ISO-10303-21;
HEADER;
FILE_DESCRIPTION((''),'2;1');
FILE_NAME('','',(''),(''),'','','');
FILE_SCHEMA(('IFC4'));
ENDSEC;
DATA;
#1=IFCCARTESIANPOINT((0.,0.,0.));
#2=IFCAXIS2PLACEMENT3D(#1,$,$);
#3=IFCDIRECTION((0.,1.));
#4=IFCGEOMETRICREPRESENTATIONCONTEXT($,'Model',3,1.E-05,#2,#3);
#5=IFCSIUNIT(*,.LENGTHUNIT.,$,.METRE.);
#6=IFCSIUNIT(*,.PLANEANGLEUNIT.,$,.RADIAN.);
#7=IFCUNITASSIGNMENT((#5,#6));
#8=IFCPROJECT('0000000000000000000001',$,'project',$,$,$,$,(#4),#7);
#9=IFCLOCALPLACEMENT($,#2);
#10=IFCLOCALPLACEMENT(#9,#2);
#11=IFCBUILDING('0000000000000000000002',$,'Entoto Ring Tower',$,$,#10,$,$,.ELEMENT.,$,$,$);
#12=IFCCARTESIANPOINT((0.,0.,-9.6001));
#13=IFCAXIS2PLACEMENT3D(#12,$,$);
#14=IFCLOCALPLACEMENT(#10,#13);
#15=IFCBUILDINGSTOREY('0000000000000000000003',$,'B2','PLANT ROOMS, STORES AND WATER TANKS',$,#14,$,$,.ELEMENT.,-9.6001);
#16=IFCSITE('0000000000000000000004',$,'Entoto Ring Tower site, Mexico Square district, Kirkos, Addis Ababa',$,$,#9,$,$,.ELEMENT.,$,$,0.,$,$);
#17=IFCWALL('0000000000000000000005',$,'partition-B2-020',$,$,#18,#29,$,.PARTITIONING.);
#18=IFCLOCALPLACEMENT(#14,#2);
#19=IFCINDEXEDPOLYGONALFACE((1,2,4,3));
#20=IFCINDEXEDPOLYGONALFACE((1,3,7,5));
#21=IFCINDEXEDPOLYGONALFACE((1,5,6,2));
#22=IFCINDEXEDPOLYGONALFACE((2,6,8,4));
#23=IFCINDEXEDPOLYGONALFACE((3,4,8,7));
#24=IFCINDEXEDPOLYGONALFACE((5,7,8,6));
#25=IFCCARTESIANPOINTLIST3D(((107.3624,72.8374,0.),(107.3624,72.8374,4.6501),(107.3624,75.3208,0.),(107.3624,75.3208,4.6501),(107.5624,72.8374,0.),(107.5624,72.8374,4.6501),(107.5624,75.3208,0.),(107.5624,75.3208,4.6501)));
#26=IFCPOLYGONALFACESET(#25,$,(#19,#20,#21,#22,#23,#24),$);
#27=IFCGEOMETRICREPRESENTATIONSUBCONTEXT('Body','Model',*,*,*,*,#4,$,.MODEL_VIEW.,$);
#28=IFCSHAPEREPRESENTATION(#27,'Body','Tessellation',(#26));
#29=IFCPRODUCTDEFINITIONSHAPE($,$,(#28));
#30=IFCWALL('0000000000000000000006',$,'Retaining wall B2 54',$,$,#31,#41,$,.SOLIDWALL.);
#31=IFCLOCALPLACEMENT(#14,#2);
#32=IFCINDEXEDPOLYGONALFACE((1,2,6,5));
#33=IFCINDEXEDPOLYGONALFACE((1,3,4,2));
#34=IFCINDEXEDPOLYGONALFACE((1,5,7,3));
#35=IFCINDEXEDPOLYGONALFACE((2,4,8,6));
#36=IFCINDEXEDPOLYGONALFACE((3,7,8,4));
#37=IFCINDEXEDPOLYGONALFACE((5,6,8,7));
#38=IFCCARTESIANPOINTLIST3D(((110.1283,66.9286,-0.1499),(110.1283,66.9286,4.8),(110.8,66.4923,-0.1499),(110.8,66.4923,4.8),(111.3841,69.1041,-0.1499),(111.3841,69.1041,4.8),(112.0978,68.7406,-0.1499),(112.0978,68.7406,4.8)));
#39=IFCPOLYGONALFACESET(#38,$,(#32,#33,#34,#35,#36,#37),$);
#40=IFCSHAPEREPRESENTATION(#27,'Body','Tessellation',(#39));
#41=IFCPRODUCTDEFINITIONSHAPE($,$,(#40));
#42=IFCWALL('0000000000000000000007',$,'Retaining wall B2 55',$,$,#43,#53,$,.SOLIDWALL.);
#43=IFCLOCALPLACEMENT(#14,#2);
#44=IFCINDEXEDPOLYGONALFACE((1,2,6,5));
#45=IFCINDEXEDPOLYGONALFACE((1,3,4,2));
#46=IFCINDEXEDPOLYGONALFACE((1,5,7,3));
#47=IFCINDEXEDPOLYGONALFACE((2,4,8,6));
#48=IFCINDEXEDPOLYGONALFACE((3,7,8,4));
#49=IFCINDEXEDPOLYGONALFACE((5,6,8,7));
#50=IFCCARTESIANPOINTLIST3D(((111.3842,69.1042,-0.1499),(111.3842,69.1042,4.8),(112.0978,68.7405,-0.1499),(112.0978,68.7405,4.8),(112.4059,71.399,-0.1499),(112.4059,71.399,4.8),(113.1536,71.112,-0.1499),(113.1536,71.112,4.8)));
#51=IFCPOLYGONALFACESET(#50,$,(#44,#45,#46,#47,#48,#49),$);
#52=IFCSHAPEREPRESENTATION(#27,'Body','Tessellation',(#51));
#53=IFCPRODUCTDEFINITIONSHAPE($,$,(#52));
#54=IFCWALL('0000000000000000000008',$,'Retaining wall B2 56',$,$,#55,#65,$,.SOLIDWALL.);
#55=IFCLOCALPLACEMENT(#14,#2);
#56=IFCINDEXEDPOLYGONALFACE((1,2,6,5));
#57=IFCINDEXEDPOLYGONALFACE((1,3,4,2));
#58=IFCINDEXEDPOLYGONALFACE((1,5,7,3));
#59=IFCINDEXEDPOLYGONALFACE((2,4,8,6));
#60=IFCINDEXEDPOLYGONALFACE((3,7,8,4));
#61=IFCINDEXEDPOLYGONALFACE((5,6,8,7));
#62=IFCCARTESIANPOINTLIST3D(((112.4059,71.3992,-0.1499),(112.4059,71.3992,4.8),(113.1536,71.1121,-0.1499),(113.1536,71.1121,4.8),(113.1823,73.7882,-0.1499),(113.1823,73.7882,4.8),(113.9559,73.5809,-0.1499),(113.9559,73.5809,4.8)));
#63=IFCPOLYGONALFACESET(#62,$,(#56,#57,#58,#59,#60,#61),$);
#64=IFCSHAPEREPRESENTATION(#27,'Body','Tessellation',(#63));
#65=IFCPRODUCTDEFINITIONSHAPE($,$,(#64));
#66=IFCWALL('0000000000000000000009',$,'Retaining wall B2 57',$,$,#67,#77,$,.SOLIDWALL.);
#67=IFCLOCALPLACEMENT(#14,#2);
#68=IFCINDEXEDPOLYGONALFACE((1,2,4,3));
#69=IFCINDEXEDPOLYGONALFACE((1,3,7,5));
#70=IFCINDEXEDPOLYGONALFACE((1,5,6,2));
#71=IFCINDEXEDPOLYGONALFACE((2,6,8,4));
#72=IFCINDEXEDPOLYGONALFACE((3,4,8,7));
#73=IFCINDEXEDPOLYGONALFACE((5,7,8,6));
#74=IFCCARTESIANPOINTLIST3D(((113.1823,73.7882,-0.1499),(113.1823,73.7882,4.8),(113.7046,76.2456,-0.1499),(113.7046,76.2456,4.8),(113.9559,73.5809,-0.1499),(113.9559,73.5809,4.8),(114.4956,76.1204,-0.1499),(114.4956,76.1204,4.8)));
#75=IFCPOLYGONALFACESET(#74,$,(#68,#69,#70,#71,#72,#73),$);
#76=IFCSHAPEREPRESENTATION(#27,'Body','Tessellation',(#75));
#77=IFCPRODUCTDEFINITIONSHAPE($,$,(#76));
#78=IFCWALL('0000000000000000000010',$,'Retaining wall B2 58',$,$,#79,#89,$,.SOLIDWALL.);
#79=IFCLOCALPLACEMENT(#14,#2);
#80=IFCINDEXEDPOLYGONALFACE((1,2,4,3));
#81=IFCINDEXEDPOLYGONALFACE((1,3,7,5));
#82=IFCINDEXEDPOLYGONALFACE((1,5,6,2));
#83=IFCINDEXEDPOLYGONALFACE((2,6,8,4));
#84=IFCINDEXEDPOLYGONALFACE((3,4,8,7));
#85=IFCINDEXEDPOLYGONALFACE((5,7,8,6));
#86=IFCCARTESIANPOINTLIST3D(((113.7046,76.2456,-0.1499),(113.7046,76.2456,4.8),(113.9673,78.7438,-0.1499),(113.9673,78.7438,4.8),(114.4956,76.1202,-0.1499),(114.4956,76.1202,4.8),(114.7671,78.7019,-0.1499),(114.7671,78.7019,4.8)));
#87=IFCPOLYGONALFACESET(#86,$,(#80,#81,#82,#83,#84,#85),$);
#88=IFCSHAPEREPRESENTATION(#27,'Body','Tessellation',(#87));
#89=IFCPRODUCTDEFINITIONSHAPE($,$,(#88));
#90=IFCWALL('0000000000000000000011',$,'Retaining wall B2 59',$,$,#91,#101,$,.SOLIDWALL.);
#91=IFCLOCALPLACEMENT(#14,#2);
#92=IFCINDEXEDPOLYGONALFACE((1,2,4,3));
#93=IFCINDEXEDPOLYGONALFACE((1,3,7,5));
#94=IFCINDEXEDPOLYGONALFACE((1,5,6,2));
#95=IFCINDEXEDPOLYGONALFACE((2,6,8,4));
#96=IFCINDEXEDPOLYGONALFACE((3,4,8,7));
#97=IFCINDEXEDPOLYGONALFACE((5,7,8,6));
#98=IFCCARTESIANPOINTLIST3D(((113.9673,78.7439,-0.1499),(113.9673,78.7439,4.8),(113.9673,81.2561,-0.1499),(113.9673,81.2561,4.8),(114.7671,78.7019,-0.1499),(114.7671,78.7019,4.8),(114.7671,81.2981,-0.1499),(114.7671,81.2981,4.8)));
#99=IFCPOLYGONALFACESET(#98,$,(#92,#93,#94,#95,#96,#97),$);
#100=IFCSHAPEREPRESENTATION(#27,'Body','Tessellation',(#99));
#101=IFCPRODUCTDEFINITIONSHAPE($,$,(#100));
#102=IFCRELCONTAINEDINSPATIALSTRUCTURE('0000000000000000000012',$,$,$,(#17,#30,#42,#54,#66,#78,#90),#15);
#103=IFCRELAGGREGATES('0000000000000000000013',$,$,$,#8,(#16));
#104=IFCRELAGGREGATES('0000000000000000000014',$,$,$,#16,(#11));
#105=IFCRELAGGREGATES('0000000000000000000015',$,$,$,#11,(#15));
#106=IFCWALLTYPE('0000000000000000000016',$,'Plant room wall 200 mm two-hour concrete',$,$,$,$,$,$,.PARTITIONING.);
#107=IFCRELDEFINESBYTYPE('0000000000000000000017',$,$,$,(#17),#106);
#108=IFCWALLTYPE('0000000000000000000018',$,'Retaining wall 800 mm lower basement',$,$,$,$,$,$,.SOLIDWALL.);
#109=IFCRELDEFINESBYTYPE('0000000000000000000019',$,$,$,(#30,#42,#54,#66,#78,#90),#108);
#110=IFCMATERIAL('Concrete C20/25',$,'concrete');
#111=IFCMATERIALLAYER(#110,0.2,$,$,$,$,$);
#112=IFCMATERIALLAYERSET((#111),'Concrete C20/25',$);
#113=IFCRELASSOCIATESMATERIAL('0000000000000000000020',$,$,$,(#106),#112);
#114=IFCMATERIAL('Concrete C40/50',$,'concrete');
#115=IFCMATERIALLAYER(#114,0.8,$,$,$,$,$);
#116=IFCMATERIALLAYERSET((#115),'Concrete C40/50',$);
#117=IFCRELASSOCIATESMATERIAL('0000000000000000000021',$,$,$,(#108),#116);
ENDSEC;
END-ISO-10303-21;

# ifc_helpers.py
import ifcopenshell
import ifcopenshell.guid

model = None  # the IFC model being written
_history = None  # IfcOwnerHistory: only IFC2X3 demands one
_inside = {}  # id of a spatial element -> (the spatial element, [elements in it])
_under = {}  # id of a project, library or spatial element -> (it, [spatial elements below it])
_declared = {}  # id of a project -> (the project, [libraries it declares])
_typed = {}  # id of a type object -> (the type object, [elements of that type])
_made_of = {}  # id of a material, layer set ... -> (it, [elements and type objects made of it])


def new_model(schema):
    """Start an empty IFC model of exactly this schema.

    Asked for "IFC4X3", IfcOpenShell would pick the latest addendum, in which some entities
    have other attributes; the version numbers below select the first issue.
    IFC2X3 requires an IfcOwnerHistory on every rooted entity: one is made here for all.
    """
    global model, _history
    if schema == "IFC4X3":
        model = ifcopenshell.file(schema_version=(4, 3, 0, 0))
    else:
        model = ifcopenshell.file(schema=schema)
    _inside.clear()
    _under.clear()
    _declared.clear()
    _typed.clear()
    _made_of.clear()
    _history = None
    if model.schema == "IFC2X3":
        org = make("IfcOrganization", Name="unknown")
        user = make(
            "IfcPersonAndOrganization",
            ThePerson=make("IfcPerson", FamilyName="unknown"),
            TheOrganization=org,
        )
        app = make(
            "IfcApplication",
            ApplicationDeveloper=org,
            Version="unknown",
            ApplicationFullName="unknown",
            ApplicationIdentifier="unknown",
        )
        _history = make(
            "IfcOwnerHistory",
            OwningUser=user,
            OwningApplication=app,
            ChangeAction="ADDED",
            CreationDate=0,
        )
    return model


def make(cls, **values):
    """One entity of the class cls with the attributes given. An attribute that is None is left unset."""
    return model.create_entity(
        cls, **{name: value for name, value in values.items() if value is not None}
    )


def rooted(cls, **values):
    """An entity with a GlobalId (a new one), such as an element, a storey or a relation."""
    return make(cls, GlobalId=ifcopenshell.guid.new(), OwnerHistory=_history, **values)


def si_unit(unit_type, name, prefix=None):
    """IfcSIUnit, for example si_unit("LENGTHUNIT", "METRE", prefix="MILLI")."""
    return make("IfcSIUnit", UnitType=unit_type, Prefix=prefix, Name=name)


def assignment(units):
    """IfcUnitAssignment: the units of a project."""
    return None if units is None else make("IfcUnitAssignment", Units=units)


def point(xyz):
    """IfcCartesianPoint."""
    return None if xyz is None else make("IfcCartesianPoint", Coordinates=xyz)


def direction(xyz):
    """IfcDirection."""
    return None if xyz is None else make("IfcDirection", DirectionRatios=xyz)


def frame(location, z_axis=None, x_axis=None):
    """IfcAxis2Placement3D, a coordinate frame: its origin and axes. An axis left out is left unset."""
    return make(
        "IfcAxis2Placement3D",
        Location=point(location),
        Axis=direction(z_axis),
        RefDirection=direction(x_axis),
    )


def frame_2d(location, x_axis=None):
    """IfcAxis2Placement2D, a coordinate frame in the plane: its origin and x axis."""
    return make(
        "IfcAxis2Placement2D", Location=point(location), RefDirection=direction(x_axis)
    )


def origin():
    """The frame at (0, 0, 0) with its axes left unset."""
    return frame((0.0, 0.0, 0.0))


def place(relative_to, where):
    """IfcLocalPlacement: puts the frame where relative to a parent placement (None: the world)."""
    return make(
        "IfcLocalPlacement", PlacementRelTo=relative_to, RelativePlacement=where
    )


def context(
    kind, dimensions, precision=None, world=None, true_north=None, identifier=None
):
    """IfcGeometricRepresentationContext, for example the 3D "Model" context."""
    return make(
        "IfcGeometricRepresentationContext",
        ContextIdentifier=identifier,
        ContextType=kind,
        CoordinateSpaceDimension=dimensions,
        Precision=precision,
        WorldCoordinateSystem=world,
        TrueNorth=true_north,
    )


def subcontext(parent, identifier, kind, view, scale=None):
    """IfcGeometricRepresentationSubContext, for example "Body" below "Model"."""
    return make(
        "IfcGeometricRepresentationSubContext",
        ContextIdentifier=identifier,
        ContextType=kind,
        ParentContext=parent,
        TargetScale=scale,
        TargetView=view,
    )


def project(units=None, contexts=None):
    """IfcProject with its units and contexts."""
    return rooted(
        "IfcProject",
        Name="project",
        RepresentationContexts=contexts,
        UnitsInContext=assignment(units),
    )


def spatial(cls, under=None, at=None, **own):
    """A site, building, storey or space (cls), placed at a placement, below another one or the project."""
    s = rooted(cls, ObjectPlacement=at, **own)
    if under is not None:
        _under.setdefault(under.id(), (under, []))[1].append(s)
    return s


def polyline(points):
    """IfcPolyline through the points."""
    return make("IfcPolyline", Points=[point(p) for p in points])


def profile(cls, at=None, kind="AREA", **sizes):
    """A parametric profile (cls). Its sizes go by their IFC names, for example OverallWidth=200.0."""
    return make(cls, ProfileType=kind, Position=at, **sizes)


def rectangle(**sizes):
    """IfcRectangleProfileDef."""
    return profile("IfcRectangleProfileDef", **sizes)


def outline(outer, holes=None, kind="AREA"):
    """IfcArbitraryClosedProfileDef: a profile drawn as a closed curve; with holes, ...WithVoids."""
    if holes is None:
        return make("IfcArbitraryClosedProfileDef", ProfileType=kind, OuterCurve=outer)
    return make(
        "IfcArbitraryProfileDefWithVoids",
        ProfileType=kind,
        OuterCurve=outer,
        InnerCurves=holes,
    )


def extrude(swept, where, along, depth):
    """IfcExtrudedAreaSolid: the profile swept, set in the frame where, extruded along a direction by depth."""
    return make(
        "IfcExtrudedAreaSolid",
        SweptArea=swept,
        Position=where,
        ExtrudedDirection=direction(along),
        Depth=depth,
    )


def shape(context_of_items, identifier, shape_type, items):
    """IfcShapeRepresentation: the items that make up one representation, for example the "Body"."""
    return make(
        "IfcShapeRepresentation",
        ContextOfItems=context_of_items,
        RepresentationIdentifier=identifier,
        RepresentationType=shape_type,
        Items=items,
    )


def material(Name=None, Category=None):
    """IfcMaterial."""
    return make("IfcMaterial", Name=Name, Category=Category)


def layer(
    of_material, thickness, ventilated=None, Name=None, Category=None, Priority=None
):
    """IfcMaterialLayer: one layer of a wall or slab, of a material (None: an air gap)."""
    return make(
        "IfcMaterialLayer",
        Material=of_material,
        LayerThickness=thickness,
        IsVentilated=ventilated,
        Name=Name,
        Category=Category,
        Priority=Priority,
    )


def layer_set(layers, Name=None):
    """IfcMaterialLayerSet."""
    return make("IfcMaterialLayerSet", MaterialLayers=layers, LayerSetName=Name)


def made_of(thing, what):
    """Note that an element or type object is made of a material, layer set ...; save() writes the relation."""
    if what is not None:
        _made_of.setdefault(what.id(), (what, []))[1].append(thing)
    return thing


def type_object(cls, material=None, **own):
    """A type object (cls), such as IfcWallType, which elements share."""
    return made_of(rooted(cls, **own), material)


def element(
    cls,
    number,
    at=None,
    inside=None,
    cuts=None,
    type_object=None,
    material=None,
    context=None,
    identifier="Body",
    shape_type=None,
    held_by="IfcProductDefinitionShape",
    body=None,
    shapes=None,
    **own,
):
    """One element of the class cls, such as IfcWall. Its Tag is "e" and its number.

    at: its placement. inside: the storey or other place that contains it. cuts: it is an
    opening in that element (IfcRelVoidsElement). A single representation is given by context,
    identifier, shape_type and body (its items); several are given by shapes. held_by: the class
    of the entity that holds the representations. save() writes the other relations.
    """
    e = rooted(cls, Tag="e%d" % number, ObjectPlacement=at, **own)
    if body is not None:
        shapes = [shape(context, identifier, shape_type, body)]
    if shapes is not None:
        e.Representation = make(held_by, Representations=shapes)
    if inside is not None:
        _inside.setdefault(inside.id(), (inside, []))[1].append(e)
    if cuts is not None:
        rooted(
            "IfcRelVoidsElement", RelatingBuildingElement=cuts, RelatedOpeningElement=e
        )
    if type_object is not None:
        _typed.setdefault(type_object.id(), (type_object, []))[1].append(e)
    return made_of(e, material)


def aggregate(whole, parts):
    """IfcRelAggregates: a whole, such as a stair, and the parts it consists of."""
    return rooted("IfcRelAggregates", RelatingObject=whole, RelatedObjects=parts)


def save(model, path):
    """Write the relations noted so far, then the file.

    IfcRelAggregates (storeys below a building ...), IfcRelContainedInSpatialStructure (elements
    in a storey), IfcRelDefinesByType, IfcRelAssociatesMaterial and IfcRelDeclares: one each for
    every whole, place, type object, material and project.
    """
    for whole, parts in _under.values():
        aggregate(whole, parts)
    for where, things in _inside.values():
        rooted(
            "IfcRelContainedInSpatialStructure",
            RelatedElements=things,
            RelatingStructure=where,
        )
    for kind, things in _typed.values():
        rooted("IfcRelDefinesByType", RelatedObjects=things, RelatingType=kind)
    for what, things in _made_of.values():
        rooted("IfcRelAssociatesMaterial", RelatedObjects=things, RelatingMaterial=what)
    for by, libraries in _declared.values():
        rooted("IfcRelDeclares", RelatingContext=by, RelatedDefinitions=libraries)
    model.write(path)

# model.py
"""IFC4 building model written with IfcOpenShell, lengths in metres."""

from ifc_helpers import new_model, si_unit, direction, frame, frame_2d, origin, place, context, subcontext, project, spatial, polyline, rectangle, outline, extrude, material, layer, layer_set, type_object, element, save


model = new_model("IFC4")

# Units and contexts
model_context = context("Model", 3, precision=1e-05, world=origin(), true_north=direction((0.0, 1.0)))
body_context = subcontext(model_context, "Body", "Model", "MODEL_VIEW")
ifc_project = project(units=[si_unit("LENGTHUNIT", "METRE"), si_unit("PLANEANGLEUNIT", "RADIAN")], contexts=[model_context])

# Site, building, storey
site_placement = place(None, origin())
site = spatial("IfcSite", under=ifc_project, at=site_placement, Name="Entoto Ring Tower site, Mexico Square district, Kirkos, Addis Ababa", CompositionType="ELEMENT", RefElevation=0.0)
building_placement = place(site_placement, origin())
building = spatial("IfcBuilding", under=site, at=building_placement, Name="Entoto Ring Tower", CompositionType="ELEMENT")
storey_placement = place(building_placement, frame((0.0, 0.0, -9.6001)))
storey = spatial("IfcBuildingStorey", under=building, at=storey_placement, Name="B2", Description="PLANT ROOMS, STORES AND WATER TANKS", CompositionType="ELEMENT", Elevation=-9.6001)

# Walls
ifc_material_1 = material(Name="Concrete C20/25", Category="concrete")
ifc_layer_1 = layer(ifc_material_1, 0.2)
ifc_layer_set_1 = layer_set([ifc_layer_1], Name="Concrete C20/25")
wall_type_1 = type_object("IfcWallType", Name="Plant room wall 200 mm two-hour concrete", PredefinedType="PARTITIONING", material=ifc_layer_set_1)
wall_1_placement = place(storey_placement, frame((107.4624, 72.8374, 0.0), z_axis=(0.0, 0.0, 1.0), x_axis=(0.0, 1.0, 0.0)))
element("IfcWall", 1, at=wall_1_placement, inside=storey, type_object=wall_type_1, Name="partition-B2-020", PredefinedType="PARTITIONING", context=body_context, shape_type="SweptSolid", body=[
    extrude(rectangle(XDim=2.4834, YDim=0.2, at=frame_2d((1.2417, 0.0))), origin(), (0.0, 0.0, 1.0), 4.6501),
])
ifc_material_2 = material(Name="Concrete C40/50", Category="concrete")
ifc_layer_2 = layer(ifc_material_2, 0.8)
ifc_layer_set_2 = layer_set([ifc_layer_2], Name="Concrete C40/50")
wall_type_2 = type_object("IfcWallType", Name="Retaining wall 800 mm lower basement", PredefinedType="SOLIDWALL", material=ifc_layer_set_2)
for number, where, z_axis, x_axis, name in (
    (2, (110.4641, 66.7104, -0.1499), (0.0, 0.0, 1.0), (0.499943, 0.866058, 0.0), "Retaining wall B2 54"),
    (3, (111.741, 68.9224, -0.1499), (0.0, 0.0, 1.0), (0.406733, 0.913547, 0.0), "Retaining wall B2 55"),
    (4, (112.7798, 71.2556, -0.1499), (0.0, 0.0, 1.0), (0.309049, 0.951046, 0.0), "Retaining wall B2 56"),
):
    element("IfcWall", number, at=place(storey_placement, frame(where, z_axis=z_axis, x_axis=x_axis)), inside=storey, type_object=wall_type_2, Name=name, PredefinedType="SOLIDWALL", context=body_context, shape_type="SweptSolid", body=[
        extrude(outline(polyline([(-0.021, -0.3999), (2.575, -0.3999), (2.533, 0.3999), (0.021, 0.3999), (-0.021, -0.3999)])), origin(), (0.0, 0.0, 1.0), 4.95),
    ])
wall_2_placement = place(storey_placement, frame((113.5691, 73.6846, -0.1499), z_axis=(0.0, 0.0, 1.0), x_axis=(0.207903, 0.978149, 0.0)))
element("IfcWall", 5, at=wall_2_placement, inside=storey, type_object=wall_type_2, Name="Retaining wall B2 57", PredefinedType="SOLIDWALL", context=body_context, shape_type="SweptSolid", body=[
    extrude(outline(polyline([(-0.021, -0.3999), (2.5752, -0.3999), (2.5332, 0.3999), (0.021, 0.3999), (-0.021, -0.3999)])), origin(), (0.0, 0.0, 1.0), 4.95),
])
wall_3_placement = place(storey_placement, frame((114.1001, 76.1829, -0.1499), z_axis=(0.0, 0.0, 1.0), x_axis=(0.104575, 0.994517, 0.0)))
element("IfcWall", 6, at=wall_3_placement, inside=storey, type_object=wall_type_2, Name="Retaining wall B2 58", PredefinedType="SOLIDWALL", context=body_context, shape_type="SweptSolid", body=[
    extrude(outline(polyline([(-0.021, -0.3999), (2.575, -0.3999), (2.533, 0.3999), (0.021, 0.3999), (-0.021, -0.3999)])), origin(), (0.0, 0.0, 1.0), 4.95),
])
wall_4_placement = place(storey_placement, frame((114.3672, 78.7229, -0.1499), z_axis=(0.0, 0.0, 1.0), x_axis=(0.0, 1.0, 0.0)))
element("IfcWall", 7, at=wall_4_placement, inside=storey, type_object=wall_type_2, Name="Retaining wall B2 59", PredefinedType="SOLIDWALL", context=body_context, shape_type="SweptSolid", body=[
    extrude(outline(polyline([(-0.021, -0.3999), (2.5752, -0.3999), (2.5332, 0.3999), (0.021, 0.3999), (-0.021, -0.3999)])), origin(), (0.0, 0.0, 1.0), 4.95),
])

save(model, "model.ifc")
